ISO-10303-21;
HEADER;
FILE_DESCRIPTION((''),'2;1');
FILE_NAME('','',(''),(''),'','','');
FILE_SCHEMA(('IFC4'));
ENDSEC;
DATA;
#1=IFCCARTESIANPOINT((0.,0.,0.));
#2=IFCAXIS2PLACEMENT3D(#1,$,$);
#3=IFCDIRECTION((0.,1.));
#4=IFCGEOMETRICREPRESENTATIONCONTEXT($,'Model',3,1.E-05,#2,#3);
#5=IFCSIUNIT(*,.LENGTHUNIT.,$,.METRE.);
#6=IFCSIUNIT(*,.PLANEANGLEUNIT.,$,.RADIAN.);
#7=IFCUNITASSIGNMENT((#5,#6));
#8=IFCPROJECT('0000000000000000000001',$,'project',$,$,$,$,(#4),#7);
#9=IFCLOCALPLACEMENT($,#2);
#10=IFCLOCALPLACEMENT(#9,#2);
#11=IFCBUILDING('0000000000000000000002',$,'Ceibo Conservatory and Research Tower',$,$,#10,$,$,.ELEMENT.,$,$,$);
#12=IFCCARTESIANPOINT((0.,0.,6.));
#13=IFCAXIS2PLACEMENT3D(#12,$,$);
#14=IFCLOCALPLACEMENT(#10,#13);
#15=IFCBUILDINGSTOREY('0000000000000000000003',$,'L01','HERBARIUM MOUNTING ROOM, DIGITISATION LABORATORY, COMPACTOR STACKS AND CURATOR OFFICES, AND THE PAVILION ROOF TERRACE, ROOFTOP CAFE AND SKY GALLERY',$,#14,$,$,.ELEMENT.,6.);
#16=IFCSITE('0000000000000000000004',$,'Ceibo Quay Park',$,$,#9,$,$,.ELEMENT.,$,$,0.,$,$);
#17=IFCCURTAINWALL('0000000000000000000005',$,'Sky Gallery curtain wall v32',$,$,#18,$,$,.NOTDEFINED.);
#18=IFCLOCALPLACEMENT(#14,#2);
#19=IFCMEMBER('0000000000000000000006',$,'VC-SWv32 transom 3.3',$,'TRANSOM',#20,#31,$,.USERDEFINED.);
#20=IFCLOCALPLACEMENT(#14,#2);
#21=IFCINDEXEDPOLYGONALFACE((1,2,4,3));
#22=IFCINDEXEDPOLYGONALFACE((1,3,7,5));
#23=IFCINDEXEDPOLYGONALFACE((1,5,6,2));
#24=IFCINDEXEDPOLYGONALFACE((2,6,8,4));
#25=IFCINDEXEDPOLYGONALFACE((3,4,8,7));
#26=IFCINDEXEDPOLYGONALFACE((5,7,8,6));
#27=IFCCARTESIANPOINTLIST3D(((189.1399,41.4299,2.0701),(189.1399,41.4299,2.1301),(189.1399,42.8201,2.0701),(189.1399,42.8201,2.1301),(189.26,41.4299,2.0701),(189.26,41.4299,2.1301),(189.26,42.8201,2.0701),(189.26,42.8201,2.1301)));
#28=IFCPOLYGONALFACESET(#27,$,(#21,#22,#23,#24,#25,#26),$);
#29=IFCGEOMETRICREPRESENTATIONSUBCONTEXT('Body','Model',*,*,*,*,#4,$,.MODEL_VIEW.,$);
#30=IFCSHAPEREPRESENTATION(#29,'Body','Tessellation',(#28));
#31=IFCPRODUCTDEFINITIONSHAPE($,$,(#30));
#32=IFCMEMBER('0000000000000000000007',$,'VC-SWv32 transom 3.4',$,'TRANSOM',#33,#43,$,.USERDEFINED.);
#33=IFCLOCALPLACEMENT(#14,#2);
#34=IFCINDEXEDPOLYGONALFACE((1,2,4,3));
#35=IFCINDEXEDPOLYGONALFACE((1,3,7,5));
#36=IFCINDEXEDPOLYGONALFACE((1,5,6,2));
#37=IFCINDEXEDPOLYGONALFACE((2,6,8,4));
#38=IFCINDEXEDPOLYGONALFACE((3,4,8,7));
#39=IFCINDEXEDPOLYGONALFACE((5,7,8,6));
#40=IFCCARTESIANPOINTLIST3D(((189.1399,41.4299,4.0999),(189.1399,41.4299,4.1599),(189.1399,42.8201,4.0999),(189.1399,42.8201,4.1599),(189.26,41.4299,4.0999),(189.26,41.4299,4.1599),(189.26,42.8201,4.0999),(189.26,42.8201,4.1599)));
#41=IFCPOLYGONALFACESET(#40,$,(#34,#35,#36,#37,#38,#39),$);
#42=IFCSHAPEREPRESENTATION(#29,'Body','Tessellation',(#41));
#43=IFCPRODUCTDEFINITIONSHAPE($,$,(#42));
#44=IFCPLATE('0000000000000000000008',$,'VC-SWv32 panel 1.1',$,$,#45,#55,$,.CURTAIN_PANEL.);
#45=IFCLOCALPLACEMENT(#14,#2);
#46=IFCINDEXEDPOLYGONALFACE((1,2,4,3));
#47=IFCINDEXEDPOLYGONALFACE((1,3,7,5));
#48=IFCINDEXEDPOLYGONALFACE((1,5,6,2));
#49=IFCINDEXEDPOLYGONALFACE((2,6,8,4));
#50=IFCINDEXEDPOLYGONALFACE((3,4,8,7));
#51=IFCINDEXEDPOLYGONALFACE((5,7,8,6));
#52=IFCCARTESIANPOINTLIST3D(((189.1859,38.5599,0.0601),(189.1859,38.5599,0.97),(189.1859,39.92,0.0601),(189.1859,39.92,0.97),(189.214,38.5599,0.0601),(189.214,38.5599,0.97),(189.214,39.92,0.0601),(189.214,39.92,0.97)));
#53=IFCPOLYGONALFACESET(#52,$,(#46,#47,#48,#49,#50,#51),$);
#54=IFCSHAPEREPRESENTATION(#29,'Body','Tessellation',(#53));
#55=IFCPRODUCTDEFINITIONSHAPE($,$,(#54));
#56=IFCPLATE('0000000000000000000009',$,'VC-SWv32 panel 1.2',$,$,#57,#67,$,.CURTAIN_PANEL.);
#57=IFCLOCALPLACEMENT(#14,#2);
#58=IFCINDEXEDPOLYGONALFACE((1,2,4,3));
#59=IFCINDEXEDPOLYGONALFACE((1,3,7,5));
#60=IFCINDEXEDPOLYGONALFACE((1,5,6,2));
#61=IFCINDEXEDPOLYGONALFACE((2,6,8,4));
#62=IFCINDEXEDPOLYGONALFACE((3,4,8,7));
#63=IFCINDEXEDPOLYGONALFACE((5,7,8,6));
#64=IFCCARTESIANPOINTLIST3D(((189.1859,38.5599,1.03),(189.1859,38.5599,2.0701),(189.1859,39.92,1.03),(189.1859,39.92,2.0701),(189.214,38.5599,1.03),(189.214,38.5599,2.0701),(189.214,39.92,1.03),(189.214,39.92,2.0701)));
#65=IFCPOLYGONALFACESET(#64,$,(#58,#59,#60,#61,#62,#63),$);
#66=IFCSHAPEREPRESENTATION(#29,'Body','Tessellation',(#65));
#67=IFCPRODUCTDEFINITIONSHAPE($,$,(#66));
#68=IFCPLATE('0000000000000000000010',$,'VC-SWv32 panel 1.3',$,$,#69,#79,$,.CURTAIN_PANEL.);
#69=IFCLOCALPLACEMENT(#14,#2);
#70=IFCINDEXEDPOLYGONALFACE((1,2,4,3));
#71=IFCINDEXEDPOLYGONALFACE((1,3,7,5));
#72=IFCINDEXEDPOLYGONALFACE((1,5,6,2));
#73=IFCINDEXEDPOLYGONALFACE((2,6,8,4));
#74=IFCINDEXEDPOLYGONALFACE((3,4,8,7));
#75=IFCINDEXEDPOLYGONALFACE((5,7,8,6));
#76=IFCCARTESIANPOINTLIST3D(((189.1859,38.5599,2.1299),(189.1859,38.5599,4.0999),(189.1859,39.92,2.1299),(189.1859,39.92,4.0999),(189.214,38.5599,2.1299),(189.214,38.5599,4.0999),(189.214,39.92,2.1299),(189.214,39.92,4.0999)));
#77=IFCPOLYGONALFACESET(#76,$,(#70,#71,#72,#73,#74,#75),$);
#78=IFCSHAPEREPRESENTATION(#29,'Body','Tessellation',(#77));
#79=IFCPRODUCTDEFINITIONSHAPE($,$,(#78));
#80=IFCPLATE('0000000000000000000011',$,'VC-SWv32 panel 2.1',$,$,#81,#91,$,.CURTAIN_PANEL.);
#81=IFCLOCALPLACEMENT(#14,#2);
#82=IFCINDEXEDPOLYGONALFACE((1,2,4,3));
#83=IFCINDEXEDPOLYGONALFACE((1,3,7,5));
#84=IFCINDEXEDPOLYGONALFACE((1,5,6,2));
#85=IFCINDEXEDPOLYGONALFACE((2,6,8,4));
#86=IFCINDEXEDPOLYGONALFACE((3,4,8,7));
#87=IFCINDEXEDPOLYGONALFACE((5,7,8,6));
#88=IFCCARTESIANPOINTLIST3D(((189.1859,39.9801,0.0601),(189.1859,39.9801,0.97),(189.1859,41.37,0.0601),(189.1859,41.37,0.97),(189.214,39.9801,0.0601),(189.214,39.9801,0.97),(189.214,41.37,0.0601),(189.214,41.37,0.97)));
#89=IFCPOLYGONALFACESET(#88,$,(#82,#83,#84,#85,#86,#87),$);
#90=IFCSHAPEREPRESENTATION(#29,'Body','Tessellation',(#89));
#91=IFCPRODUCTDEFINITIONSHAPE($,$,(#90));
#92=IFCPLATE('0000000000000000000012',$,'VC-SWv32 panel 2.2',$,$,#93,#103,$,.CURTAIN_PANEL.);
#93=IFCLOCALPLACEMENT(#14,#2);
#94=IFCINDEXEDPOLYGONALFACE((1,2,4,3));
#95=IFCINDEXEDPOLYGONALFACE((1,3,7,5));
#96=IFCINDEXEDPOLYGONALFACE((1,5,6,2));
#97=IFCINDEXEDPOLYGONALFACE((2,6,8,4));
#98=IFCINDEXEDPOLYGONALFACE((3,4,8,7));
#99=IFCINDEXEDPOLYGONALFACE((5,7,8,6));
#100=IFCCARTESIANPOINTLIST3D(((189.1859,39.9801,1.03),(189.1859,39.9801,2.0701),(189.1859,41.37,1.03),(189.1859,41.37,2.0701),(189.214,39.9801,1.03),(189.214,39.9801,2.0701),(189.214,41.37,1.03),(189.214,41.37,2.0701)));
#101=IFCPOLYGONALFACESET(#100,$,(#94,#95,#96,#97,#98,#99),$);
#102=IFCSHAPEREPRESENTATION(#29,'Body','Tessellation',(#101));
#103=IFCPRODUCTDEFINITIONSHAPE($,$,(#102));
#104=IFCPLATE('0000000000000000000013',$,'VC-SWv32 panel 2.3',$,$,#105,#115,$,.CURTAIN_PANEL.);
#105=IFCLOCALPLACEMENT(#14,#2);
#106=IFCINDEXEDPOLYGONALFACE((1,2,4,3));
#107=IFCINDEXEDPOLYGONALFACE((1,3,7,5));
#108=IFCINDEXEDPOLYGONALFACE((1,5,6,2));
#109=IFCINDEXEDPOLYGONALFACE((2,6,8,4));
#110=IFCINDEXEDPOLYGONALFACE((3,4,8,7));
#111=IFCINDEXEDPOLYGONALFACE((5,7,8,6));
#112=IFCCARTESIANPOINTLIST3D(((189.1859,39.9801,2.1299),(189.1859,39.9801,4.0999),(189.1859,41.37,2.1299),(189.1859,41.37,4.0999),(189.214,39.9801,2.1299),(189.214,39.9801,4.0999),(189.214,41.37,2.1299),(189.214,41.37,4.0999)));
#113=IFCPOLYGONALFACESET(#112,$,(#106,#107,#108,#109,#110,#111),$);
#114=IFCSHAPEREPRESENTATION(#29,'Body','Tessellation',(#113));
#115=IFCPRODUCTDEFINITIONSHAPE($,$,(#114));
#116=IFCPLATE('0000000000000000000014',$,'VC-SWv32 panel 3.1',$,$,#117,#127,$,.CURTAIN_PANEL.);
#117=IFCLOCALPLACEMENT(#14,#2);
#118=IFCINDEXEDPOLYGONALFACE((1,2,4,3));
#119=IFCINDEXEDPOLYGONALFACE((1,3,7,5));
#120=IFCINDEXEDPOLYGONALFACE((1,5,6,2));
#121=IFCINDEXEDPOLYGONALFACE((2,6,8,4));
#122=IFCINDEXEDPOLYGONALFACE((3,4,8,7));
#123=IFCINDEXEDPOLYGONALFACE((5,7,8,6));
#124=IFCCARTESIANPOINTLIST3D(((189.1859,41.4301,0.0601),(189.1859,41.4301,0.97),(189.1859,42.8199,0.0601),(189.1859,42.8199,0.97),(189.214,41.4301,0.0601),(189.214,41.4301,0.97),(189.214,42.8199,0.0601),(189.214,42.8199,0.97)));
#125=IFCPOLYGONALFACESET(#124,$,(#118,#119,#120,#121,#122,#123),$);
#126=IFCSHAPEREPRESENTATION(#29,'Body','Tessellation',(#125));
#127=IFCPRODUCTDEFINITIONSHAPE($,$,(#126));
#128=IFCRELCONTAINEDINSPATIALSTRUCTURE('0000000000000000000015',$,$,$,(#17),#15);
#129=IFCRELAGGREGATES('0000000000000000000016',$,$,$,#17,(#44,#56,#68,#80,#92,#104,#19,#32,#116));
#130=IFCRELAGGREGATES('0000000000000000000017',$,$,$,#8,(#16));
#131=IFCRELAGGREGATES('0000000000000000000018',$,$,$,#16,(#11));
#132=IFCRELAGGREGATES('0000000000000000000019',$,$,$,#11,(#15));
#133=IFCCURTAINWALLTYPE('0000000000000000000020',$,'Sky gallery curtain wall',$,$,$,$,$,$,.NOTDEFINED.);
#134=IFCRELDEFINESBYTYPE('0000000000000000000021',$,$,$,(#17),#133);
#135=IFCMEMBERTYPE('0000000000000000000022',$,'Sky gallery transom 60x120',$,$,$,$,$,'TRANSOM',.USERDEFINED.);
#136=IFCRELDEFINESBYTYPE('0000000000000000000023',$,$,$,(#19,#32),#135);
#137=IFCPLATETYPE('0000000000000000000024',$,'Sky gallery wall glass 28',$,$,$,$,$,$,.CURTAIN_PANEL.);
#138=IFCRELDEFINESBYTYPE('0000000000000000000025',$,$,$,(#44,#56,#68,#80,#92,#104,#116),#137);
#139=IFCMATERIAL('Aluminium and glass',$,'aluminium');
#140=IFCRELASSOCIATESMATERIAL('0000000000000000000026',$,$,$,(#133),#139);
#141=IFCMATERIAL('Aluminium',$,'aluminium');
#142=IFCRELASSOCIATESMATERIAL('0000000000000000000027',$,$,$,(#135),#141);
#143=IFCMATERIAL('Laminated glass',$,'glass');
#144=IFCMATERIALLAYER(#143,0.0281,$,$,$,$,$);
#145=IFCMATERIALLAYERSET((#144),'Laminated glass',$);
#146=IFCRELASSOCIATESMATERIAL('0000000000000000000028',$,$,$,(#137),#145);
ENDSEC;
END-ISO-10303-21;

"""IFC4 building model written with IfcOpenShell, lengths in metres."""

from ifc_helpers import new_model, si_unit, direction, frame, origin, origin_2d, place, context, subcontext, project, spatial, rectangle, extrude, material, layer, layer_set, material_profile, profile_set, type_object, element, aggregate, save


model = new_model("IFC4")

# Units and contexts
model_context = context("Model", 3, precision=1e-05, world=origin(), true_north=direction((0.0, 1.0)))
body_context = subcontext(model_context, "Body", "Model", "MODEL_VIEW")
ifc_project = project(units=[si_unit("LENGTHUNIT", "METRE"), si_unit("PLANEANGLEUNIT", "RADIAN")], contexts=[model_context])

# Site, building, storey
site_placement = place(None, origin())
site = spatial("IfcSite", under=ifc_project, at=site_placement, Name="Ceibo Quay Park", CompositionType="ELEMENT", RefElevation=0.0)
building_placement = place(site_placement, origin())
building = spatial("IfcBuilding", under=site, at=building_placement, Name="Ceibo Conservatory and Research Tower", CompositionType="ELEMENT")
storey_placement = place(building_placement, frame((0.0, 0.0, 6.0)))
storey = spatial("IfcBuildingStorey", under=building, at=storey_placement, Name="L01", Description="HERBARIUM MOUNTING ROOM, DIGITISATION LABORATORY, COMPACTOR STACKS AND CURATOR OFFICES, AND THE PAVILION ROOF TERRACE, ROOFTOP CAFE AND SKY GALLERY", CompositionType="ELEMENT", Elevation=6.0)

# Curtain wall, members, plates
ifc_material_1 = material(Name="Aluminium and glass", Category="aluminium")
curtain_wall_type = type_object("IfcCurtainWallType", Name="Sky gallery curtain wall", PredefinedType="NOTDEFINED", material=ifc_material_1)
curtain_wall_placement = place(storey_placement, origin())
curtain_wall = element("IfcCurtainWall", 1, at=curtain_wall_placement, inside=storey, type_object=curtain_wall_type, Name="Sky Gallery curtain wall v32", PredefinedType="NOTDEFINED")
ifc_material_2 = material(Name="Aluminium", Category="aluminium")
ifc_material_profile_1 = material_profile(ifc_material_2, rectangle(XDim=0.1201, YDim=0.0601, at=origin_2d()), Name="AL 60x120")
ifc_profile_set_1 = profile_set([ifc_material_profile_1], Name="Aluminium")
member_type_1 = type_object("IfcMemberType", Name="Sky gallery transom 60x120", ElementType="TRANSOM", PredefinedType="USERDEFINED", material=ifc_profile_set_1)
member_1_placement = place(storey_placement, frame((189.2, 41.4299, 2.1001), z_axis=(0.0, 1.0, 0.0), x_axis=(-1.0, 0.0, 0.0)))
member_1 = element("IfcMember", 2, at=member_1_placement, type_object=member_type_1, Name="VC-SWv32 transom 3.3", ObjectType="TRANSOM", PredefinedType="USERDEFINED", context=body_context, shape_type="SweptSolid", body=[
    extrude(rectangle(XDim=0.1201, YDim=0.0601, at=origin_2d()), origin(), (0.0, 0.0, 1.0), 1.3901),
])
member_2_placement = place(storey_placement, frame((189.2, 41.4299, 4.1299), z_axis=(0.0, 1.0, 0.0), x_axis=(-1.0, 0.0, 0.0)))
member_2 = element("IfcMember", 3, at=member_2_placement, type_object=member_type_1, Name="VC-SWv32 transom 3.4", ObjectType="TRANSOM", PredefinedType="USERDEFINED", context=body_context, shape_type="SweptSolid", body=[
    extrude(rectangle(XDim=0.1201, YDim=0.0601, at=origin_2d()), origin(), (0.0, 0.0, 1.0), 1.3901),
])
ifc_material_3 = material(Name="Laminated glass", Category="glass")
ifc_layer = layer(ifc_material_3, 0.0281)
ifc_layer_set = layer_set([ifc_layer], Name="Laminated glass")
plate_type = type_object("IfcPlateType", Name="Sky gallery wall glass 28", PredefinedType="CURTAIN_PANEL", material=ifc_layer_set)
plate_1_placement = place(storey_placement, frame((189.2, 39.24, 0.0601), z_axis=(0.0, 0.0, 1.0), x_axis=(0.0, 1.0, 0.0)))
plate_1 = element("IfcPlate", 4, at=plate_1_placement, type_object=plate_type, Name="VC-SWv32 panel 1.1", PredefinedType="CURTAIN_PANEL", context=body_context, shape_type="SweptSolid", body=[
    extrude(rectangle(XDim=1.3601, YDim=0.0281, at=origin_2d()), origin(), (0.0, 0.0, 1.0), 0.9099),
])
plate_2_placement = place(storey_placement, frame((189.2, 39.24, 1.03), z_axis=(0.0, 0.0, 1.0), x_axis=(0.0, 1.0, 0.0)))
plate_2 = element("IfcPlate", 5, at=plate_2_placement, type_object=plate_type, Name="VC-SWv32 panel 1.2", PredefinedType="CURTAIN_PANEL", context=body_context, shape_type="SweptSolid", body=[
    extrude(rectangle(XDim=1.3601, YDim=0.0281, at=origin_2d()), origin(), (0.0, 0.0, 1.0), 1.04),
])
plate_3_placement = place(storey_placement, frame((189.2, 39.24, 2.1299), z_axis=(0.0, 0.0, 1.0), x_axis=(0.0, 1.0, 0.0)))
plate_3 = element("IfcPlate", 6, at=plate_3_placement, type_object=plate_type, Name="VC-SWv32 panel 1.3", PredefinedType="CURTAIN_PANEL", context=body_context, shape_type="SweptSolid", body=[
    extrude(rectangle(XDim=1.3601, YDim=0.0281, at=origin_2d()), origin(), (0.0, 0.0, 1.0), 1.97),
])
plate_4_placement = place(storey_placement, frame((189.2, 40.675, 0.0601), z_axis=(0.0, 0.0, 1.0), x_axis=(0.0, 1.0, 0.0)))
plate_4 = element("IfcPlate", 7, at=plate_4_placement, type_object=plate_type, Name="VC-SWv32 panel 2.1", PredefinedType="CURTAIN_PANEL", context=body_context, shape_type="SweptSolid", body=[
    extrude(rectangle(XDim=1.3899, YDim=0.0281, at=origin_2d()), origin(), (0.0, 0.0, 1.0), 0.9099),
])
plate_5_placement = place(storey_placement, frame((189.2, 40.675, 1.03), z_axis=(0.0, 0.0, 1.0), x_axis=(0.0, 1.0, 0.0)))
plate_5 = element("IfcPlate", 8, at=plate_5_placement, type_object=plate_type, Name="VC-SWv32 panel 2.2", PredefinedType="CURTAIN_PANEL", context=body_context, shape_type="SweptSolid", body=[
    extrude(rectangle(XDim=1.3899, YDim=0.0281, at=origin_2d()), origin(), (0.0, 0.0, 1.0), 1.04),
])
plate_6_placement = place(storey_placement, frame((189.2, 40.675, 2.1299), z_axis=(0.0, 0.0, 1.0), x_axis=(0.0, 1.0, 0.0)))
plate_6 = element("IfcPlate", 9, at=plate_6_placement, type_object=plate_type, Name="VC-SWv32 panel 2.3", PredefinedType="CURTAIN_PANEL", context=body_context, shape_type="SweptSolid", body=[
    extrude(rectangle(XDim=1.3899, YDim=0.0281, at=origin_2d()), origin(), (0.0, 0.0, 1.0), 1.97),
])
plate_7_placement = place(storey_placement, frame((189.2, 42.125, 0.0601), z_axis=(0.0, 0.0, 1.0), x_axis=(0.0, 1.0, 0.0)))
plate_7 = element("IfcPlate", 10, at=plate_7_placement, type_object=plate_type, Name="VC-SWv32 panel 3.1", PredefinedType="CURTAIN_PANEL", context=body_context, shape_type="SweptSolid", body=[
    extrude(rectangle(XDim=1.3899, YDim=0.0281, at=origin_2d()), origin(), (0.0, 0.0, 1.0), 0.9099),
])
aggregate(curtain_wall, [plate_1, plate_2, plate_3, plate_4, plate_5, plate_6, member_1, member_2, plate_7])

save(model, "model.ifc")
